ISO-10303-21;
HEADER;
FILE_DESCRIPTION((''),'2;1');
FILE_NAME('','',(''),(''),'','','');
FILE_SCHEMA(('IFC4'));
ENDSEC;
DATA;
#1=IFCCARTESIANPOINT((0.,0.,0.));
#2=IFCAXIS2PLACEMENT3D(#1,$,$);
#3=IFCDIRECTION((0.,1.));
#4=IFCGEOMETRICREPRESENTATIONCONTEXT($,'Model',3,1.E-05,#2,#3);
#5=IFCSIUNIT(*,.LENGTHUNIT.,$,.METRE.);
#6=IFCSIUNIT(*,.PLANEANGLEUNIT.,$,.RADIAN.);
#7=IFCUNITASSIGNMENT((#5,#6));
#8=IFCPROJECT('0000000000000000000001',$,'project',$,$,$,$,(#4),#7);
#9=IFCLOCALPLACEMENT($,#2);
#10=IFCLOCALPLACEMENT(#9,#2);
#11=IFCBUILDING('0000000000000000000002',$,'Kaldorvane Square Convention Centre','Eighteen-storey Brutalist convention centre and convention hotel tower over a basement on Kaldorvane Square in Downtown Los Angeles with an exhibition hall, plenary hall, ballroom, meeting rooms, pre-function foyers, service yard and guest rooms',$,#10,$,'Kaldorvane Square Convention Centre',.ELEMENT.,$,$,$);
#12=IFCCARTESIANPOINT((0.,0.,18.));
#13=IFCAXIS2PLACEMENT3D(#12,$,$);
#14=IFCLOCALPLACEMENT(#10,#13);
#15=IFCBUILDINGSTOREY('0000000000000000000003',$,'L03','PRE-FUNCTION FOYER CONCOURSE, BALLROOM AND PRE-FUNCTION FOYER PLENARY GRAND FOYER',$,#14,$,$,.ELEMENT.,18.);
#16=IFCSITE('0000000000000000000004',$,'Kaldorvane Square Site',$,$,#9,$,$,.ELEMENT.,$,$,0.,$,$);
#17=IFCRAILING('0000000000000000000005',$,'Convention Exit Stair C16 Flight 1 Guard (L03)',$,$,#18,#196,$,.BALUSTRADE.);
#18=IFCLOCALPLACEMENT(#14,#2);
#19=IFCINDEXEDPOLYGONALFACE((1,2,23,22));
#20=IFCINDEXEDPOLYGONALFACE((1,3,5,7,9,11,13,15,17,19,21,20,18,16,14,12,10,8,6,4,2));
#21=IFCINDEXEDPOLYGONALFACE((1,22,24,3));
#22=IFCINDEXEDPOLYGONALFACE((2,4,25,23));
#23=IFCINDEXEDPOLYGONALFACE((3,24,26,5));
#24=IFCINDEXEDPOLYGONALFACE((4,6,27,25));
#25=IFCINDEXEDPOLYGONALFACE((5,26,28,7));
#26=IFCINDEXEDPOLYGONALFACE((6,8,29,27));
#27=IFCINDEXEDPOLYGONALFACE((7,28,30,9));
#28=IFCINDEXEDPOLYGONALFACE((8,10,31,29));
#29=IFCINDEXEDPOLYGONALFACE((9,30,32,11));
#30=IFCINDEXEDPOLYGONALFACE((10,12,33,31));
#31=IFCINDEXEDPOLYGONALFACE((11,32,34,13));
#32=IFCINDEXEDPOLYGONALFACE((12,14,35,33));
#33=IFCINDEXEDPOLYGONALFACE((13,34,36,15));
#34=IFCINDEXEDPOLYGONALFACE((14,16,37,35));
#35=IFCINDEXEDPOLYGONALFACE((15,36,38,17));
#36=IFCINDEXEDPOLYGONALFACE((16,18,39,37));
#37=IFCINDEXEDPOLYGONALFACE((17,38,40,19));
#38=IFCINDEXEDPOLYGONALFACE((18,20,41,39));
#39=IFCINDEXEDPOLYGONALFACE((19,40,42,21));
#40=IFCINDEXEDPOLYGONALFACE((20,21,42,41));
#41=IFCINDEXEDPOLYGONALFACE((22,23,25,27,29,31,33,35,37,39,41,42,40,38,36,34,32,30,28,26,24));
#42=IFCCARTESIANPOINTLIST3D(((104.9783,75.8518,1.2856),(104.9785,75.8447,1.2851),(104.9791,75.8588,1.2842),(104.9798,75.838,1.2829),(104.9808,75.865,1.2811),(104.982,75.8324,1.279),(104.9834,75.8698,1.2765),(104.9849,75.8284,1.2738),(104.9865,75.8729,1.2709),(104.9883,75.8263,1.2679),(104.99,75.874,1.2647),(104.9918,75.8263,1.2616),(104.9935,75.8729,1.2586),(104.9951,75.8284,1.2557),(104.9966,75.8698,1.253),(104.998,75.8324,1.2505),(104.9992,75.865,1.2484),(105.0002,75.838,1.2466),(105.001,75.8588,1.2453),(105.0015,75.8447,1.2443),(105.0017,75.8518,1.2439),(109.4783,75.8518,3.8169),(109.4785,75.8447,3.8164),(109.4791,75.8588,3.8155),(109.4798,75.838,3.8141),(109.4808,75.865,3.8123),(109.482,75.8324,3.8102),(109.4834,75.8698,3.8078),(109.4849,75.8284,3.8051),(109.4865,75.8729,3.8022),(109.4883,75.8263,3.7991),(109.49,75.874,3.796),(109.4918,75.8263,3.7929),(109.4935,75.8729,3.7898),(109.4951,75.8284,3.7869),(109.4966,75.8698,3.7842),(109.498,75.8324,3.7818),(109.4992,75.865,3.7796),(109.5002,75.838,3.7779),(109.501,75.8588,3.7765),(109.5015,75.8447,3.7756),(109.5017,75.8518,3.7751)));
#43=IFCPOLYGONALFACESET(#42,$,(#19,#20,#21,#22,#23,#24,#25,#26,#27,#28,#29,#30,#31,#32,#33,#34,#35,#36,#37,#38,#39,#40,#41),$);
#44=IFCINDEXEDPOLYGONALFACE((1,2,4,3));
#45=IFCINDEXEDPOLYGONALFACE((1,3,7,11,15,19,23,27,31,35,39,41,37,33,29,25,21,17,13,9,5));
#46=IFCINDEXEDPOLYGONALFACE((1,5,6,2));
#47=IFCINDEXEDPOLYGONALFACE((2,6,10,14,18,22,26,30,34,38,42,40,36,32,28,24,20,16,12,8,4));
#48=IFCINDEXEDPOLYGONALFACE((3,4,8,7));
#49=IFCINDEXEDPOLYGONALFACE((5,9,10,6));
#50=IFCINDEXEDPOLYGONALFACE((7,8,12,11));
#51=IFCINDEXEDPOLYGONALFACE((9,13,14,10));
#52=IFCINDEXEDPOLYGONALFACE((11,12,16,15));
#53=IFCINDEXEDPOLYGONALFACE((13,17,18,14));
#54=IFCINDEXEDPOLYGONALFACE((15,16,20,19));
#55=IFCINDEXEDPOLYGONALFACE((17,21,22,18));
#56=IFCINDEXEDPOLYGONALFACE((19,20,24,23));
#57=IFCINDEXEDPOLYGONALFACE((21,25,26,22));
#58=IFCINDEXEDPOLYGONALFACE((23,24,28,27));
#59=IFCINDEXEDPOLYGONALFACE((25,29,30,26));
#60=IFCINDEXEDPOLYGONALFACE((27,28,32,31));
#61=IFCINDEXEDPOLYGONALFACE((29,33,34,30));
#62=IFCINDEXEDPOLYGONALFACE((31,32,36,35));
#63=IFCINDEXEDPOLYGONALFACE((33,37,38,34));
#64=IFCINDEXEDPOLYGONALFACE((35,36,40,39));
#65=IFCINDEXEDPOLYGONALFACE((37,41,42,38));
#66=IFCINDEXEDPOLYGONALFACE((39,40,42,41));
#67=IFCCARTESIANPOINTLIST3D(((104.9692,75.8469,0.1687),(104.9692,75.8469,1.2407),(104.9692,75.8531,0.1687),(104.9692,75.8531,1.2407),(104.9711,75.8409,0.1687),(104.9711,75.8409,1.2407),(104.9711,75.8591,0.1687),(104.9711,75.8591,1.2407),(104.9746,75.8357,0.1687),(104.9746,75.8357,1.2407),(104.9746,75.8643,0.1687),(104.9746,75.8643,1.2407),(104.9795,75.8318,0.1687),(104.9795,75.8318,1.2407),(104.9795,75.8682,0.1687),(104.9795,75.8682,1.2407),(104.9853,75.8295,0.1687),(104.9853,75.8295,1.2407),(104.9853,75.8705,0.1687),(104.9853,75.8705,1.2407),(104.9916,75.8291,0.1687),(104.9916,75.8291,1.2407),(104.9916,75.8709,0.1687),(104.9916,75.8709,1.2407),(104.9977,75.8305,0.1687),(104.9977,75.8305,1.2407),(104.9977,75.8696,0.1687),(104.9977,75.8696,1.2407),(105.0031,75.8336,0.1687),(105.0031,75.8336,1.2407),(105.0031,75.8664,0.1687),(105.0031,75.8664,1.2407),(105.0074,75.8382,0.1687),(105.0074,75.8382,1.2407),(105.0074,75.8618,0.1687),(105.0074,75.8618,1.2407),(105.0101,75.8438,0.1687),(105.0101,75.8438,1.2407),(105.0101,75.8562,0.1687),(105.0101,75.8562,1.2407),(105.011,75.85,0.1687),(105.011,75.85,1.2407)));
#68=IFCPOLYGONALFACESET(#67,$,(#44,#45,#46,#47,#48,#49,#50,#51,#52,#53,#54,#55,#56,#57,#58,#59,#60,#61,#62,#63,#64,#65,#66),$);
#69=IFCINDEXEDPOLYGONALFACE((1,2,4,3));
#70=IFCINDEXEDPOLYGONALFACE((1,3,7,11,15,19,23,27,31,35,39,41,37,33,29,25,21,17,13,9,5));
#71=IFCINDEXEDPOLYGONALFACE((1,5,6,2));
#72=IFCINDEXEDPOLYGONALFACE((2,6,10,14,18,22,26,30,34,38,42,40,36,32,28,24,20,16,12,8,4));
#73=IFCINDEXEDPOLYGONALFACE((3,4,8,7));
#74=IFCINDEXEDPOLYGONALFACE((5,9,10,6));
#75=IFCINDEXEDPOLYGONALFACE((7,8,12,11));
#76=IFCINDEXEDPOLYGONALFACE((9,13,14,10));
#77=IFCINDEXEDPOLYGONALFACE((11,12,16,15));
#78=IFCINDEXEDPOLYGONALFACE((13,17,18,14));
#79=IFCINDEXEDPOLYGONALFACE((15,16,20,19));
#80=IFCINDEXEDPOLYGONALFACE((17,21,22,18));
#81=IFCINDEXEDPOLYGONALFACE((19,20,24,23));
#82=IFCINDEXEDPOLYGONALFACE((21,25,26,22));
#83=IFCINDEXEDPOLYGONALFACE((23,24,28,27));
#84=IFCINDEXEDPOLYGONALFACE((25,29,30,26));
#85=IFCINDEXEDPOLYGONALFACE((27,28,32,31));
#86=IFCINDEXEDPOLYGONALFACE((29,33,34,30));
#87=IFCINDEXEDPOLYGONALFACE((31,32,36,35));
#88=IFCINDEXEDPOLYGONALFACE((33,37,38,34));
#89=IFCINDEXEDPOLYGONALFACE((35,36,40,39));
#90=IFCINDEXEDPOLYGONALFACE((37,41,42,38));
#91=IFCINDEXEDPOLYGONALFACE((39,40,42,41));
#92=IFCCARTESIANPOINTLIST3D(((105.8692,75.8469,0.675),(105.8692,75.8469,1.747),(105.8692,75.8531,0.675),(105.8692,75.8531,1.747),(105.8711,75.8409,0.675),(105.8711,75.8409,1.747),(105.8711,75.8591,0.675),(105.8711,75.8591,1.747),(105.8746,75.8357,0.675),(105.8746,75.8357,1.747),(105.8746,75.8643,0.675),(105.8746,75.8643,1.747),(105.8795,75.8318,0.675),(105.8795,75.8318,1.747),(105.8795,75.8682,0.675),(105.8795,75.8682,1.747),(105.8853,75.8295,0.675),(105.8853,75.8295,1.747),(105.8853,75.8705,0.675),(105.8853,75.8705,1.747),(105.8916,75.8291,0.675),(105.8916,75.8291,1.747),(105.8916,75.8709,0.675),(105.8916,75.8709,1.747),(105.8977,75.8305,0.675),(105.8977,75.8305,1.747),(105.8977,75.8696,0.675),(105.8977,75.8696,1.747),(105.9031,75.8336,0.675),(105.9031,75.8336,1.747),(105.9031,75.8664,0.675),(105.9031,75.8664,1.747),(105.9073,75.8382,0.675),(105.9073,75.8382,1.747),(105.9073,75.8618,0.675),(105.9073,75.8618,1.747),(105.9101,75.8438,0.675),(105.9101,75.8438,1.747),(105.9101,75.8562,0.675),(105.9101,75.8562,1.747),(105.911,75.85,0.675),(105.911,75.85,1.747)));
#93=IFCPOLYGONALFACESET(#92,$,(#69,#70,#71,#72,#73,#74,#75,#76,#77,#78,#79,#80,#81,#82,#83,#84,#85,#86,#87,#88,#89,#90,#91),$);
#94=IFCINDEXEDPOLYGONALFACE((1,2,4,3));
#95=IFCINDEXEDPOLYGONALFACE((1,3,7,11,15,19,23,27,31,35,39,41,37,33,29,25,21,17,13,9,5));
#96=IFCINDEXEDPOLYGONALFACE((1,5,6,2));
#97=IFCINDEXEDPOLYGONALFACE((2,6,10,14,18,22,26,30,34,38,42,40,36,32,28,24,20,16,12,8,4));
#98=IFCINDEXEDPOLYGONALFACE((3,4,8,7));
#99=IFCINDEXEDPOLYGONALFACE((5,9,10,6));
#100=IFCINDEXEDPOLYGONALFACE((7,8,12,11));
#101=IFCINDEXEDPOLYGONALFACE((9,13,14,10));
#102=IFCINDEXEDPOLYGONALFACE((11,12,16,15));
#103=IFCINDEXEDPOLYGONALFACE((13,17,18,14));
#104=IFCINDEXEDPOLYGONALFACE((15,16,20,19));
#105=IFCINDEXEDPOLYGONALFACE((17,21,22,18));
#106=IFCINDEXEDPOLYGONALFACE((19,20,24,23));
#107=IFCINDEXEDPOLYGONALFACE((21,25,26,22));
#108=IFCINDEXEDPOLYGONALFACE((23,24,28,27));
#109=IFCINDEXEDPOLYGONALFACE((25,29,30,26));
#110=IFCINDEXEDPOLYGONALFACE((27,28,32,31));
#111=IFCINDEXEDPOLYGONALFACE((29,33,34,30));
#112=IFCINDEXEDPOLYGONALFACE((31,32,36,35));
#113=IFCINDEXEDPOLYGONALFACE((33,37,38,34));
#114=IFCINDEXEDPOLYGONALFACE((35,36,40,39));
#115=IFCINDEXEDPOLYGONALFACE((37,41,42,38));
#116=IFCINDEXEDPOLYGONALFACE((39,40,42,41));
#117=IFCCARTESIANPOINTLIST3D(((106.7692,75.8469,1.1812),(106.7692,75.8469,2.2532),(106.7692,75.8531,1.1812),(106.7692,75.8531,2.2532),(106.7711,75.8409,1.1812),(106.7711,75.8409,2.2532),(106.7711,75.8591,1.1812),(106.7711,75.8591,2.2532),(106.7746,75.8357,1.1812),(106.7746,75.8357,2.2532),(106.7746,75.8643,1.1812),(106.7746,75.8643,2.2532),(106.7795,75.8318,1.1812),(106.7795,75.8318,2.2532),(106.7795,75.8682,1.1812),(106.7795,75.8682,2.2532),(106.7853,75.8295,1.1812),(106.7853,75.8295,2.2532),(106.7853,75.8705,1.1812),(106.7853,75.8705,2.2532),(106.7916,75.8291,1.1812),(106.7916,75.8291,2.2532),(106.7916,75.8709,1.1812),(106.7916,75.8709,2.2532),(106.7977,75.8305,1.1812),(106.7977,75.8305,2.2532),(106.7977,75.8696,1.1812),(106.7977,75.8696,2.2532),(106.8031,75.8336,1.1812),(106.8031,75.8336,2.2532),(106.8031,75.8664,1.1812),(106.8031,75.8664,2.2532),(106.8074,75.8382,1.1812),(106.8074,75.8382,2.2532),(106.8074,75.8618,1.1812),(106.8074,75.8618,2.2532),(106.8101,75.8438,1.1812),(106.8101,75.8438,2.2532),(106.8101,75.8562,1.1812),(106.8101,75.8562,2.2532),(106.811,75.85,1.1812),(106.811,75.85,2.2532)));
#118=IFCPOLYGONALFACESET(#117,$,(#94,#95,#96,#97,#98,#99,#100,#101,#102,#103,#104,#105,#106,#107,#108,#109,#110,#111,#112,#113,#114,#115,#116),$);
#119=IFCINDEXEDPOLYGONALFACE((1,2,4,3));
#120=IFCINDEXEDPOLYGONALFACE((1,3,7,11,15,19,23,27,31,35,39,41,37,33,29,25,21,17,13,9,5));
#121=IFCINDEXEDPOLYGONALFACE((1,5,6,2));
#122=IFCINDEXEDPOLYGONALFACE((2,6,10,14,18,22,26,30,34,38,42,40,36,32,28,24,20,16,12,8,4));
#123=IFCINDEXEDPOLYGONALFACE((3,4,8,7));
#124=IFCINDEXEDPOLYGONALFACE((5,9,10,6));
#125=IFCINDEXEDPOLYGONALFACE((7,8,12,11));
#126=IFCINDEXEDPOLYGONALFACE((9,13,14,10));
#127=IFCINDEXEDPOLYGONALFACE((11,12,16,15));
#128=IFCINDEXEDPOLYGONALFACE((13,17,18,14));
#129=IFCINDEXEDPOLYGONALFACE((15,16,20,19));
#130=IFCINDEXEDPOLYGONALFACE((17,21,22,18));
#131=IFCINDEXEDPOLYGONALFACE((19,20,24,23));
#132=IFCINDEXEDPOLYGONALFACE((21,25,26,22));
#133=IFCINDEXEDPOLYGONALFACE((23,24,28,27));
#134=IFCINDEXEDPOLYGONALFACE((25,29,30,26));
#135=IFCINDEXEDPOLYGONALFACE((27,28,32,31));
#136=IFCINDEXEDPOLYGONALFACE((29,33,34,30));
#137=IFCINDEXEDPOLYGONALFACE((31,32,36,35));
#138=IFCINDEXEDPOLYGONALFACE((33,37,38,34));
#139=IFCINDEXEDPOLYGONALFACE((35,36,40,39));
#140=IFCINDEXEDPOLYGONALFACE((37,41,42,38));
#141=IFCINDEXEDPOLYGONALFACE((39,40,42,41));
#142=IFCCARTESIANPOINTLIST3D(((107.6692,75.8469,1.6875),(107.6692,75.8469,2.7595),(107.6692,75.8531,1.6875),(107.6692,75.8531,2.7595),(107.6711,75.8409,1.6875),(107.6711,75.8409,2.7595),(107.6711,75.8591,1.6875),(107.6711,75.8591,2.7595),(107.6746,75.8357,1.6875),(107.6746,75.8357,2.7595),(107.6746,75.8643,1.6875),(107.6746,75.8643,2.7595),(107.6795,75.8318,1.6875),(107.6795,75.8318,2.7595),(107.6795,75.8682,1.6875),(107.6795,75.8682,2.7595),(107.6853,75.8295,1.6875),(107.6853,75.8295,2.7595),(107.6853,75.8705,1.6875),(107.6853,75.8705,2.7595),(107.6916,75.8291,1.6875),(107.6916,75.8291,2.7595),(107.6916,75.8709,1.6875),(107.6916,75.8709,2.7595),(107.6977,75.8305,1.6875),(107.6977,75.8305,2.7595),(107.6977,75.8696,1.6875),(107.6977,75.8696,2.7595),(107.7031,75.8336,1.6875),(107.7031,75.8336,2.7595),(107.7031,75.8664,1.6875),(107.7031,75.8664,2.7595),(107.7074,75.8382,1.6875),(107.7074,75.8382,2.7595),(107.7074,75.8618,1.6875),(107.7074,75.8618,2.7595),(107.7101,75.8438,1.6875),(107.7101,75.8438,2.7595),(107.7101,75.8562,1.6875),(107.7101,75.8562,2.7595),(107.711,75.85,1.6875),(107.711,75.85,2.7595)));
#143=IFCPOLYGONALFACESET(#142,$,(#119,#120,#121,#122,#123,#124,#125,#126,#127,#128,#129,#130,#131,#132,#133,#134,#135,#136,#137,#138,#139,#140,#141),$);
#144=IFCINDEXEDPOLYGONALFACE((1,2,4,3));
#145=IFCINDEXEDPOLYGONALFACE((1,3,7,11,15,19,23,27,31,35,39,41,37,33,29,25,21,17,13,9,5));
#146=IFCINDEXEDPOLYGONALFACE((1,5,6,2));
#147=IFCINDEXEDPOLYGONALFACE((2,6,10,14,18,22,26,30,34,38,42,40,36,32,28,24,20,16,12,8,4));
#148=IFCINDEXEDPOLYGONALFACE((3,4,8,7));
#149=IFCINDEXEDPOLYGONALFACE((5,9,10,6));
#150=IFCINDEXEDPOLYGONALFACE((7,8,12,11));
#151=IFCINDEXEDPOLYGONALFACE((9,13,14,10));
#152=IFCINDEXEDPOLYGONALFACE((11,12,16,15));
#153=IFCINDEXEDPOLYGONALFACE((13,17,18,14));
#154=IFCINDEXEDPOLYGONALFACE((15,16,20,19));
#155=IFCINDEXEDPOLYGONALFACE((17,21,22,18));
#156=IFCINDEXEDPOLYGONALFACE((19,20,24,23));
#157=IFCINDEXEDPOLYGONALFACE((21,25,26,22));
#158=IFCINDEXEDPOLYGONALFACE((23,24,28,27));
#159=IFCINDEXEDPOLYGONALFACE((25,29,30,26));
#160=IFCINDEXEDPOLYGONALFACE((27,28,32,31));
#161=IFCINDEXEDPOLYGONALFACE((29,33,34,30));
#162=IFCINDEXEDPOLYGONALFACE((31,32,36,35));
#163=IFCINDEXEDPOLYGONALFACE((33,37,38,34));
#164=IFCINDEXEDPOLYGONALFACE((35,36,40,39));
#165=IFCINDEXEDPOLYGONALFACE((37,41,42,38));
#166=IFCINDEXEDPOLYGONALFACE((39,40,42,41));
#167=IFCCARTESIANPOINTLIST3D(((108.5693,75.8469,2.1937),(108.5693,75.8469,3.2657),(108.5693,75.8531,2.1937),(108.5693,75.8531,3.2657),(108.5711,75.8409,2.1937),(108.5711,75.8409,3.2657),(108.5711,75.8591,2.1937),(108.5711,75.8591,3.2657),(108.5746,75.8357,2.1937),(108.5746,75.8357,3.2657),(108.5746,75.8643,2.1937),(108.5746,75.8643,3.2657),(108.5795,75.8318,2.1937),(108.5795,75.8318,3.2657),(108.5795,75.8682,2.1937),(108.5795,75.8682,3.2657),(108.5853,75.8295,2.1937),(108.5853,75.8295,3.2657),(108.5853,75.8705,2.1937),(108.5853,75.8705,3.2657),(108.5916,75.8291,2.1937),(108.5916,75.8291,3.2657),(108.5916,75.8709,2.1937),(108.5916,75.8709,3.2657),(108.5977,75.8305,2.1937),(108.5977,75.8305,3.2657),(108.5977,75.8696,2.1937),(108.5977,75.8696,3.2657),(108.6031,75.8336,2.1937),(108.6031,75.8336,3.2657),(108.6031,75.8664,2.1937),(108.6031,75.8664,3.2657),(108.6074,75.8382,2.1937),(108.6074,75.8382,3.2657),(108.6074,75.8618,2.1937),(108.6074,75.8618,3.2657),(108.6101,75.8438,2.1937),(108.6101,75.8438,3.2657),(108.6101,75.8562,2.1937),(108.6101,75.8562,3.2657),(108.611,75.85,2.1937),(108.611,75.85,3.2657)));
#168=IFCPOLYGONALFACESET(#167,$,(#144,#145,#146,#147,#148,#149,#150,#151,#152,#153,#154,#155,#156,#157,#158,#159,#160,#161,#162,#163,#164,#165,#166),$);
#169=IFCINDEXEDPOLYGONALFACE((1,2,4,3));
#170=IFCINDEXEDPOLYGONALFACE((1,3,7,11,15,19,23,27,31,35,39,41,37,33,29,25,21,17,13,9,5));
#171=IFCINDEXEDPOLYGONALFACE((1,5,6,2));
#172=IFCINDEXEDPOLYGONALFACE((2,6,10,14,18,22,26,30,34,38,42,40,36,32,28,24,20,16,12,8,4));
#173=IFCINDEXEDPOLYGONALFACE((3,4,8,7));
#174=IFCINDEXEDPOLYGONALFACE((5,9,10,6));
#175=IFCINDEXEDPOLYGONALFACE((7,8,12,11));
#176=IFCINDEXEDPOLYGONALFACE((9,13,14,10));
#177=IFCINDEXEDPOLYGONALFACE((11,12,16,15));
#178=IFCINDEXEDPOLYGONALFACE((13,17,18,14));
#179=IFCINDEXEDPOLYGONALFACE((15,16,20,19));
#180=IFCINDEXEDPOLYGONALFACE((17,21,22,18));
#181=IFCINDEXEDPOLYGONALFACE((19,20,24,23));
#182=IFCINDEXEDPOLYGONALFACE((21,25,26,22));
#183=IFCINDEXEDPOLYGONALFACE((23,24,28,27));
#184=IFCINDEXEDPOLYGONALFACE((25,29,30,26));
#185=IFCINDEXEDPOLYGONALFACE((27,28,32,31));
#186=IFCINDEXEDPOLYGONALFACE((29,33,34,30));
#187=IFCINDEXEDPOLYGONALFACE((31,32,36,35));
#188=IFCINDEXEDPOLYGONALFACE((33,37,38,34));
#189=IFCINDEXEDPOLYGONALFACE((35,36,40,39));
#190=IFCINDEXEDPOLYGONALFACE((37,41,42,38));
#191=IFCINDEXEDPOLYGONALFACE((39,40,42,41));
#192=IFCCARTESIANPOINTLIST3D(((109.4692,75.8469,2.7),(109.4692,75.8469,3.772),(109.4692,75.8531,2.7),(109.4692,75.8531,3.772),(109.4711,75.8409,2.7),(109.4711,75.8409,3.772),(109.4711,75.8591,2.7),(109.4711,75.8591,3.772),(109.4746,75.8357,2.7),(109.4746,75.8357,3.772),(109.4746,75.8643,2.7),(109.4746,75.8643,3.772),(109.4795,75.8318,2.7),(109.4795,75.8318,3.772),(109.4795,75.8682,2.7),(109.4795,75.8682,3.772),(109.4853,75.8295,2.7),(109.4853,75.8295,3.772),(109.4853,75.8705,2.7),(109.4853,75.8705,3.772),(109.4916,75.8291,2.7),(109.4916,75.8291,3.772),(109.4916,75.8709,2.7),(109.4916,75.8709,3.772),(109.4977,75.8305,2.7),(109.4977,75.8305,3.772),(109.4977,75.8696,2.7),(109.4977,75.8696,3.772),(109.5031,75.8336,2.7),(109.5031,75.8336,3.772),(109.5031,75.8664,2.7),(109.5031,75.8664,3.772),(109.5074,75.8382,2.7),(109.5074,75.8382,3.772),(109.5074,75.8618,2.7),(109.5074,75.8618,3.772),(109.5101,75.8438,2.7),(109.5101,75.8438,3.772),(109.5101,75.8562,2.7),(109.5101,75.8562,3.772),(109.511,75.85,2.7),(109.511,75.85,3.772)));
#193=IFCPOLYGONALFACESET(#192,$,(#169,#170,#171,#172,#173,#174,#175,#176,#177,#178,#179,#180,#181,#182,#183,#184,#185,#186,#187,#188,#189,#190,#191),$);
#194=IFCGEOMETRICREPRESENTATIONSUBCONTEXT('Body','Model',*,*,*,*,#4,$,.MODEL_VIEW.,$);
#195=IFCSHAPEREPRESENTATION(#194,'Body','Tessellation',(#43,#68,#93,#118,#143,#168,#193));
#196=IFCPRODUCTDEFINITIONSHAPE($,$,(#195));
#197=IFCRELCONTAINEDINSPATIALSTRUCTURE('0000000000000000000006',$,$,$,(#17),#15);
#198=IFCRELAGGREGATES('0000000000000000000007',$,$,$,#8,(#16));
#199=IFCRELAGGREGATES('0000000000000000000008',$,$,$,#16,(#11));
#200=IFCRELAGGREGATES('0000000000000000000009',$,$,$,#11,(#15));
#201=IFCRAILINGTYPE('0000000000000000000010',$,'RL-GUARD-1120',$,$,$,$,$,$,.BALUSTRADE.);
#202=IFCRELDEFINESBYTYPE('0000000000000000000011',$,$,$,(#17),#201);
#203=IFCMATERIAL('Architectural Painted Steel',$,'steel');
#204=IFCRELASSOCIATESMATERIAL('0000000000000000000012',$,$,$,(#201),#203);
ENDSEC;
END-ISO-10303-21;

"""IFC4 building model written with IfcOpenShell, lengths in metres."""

from ifc_helpers import new_model, si_unit, direction, frame, origin, origin_2d, place, context, subcontext, project, spatial, circle, extrude, material, type_object, element, save


model = new_model("IFC4")

# Units and contexts
model_context = context("Model", 3, precision=1e-05, world=origin(), true_north=direction((0.0, 1.0)))
body_context = subcontext(model_context, "Body", "Model", "MODEL_VIEW")
ifc_project = project(units=[si_unit("LENGTHUNIT", "METRE"), si_unit("PLANEANGLEUNIT", "RADIAN")], contexts=[model_context])

# Site, building, storey
site_placement = place(None, origin())
site = spatial("IfcSite", under=ifc_project, at=site_placement, Name="Kaldorvane Square Site", CompositionType="ELEMENT", RefElevation=0.0)
building_placement = place(site_placement, origin())
building = spatial("IfcBuilding", under=site, at=building_placement, Name="Kaldorvane Square Convention Centre", Description="Eighteen-storey Brutalist convention centre and convention hotel tower over a basement on Kaldorvane Square in Downtown Los Angeles with an exhibition hall, plenary hall, ballroom, meeting rooms, pre-function foyers, service yard and guest rooms", LongName="Kaldorvane Square Convention Centre", CompositionType="ELEMENT")
storey_placement = place(building_placement, frame((0.0, 0.0, 18.0)))
storey = spatial("IfcBuildingStorey", under=building, at=storey_placement, Name="L03", Description="PRE-FUNCTION FOYER CONCOURSE, BALLROOM AND PRE-FUNCTION FOYER PLENARY GRAND FOYER", CompositionType="ELEMENT", Elevation=18.0)

# Railing
ifc_material_1 = material(Name="Architectural Painted Steel", Category="steel")
railing_type_1 = type_object("IfcRailingType", Name="RL-GUARD-1120", PredefinedType="BALUSTRADE", material=ifc_material_1)
railing_1_placement = place(storey_placement, frame((104.99, 75.85, 0.1687)))
element("IfcRailing", 1, at=railing_1_placement, inside=storey, type_object=railing_type_1, Name="Convention Exit Stair C16 Flight 1 Guard (L03)", PredefinedType="BALUSTRADE", context=body_context, shape_type="SweptSolid", body=[
    extrude(circle(Radius=0.024, at=origin_2d()), frame((0.0, 0.0, 1.096), z_axis=(0.871576, 0.0, 0.490261), x_axis=(0.0, 1.0, 0.0)), (0.0, 0.0, 1.0), 5.1631),
    extrude(circle(Radius=0.021, at=origin_2d()), origin(), (0.0, 0.0, 1.0), 1.072),
    extrude(circle(Radius=0.021, at=origin_2d()), frame((0.9, 0.0, 0.5063)), (0.0, 0.0, 1.0), 1.072),
    extrude(circle(Radius=0.021, at=origin_2d()), frame((1.8, 0.0, 1.0125)), (0.0, 0.0, 1.0), 1.072),
    extrude(circle(Radius=0.021, at=origin_2d()), frame((2.7, 0.0, 1.5188)), (0.0, 0.0, 1.0), 1.072),
    extrude(circle(Radius=0.021, at=origin_2d()), frame((3.6, 0.0, 2.025)), (0.0, 0.0, 1.0), 1.072),
    extrude(circle(Radius=0.021, at=origin_2d()), frame((4.5, 0.0, 2.5312)), (0.0, 0.0, 1.0), 1.072),
])

save(model, "model.ifc")
